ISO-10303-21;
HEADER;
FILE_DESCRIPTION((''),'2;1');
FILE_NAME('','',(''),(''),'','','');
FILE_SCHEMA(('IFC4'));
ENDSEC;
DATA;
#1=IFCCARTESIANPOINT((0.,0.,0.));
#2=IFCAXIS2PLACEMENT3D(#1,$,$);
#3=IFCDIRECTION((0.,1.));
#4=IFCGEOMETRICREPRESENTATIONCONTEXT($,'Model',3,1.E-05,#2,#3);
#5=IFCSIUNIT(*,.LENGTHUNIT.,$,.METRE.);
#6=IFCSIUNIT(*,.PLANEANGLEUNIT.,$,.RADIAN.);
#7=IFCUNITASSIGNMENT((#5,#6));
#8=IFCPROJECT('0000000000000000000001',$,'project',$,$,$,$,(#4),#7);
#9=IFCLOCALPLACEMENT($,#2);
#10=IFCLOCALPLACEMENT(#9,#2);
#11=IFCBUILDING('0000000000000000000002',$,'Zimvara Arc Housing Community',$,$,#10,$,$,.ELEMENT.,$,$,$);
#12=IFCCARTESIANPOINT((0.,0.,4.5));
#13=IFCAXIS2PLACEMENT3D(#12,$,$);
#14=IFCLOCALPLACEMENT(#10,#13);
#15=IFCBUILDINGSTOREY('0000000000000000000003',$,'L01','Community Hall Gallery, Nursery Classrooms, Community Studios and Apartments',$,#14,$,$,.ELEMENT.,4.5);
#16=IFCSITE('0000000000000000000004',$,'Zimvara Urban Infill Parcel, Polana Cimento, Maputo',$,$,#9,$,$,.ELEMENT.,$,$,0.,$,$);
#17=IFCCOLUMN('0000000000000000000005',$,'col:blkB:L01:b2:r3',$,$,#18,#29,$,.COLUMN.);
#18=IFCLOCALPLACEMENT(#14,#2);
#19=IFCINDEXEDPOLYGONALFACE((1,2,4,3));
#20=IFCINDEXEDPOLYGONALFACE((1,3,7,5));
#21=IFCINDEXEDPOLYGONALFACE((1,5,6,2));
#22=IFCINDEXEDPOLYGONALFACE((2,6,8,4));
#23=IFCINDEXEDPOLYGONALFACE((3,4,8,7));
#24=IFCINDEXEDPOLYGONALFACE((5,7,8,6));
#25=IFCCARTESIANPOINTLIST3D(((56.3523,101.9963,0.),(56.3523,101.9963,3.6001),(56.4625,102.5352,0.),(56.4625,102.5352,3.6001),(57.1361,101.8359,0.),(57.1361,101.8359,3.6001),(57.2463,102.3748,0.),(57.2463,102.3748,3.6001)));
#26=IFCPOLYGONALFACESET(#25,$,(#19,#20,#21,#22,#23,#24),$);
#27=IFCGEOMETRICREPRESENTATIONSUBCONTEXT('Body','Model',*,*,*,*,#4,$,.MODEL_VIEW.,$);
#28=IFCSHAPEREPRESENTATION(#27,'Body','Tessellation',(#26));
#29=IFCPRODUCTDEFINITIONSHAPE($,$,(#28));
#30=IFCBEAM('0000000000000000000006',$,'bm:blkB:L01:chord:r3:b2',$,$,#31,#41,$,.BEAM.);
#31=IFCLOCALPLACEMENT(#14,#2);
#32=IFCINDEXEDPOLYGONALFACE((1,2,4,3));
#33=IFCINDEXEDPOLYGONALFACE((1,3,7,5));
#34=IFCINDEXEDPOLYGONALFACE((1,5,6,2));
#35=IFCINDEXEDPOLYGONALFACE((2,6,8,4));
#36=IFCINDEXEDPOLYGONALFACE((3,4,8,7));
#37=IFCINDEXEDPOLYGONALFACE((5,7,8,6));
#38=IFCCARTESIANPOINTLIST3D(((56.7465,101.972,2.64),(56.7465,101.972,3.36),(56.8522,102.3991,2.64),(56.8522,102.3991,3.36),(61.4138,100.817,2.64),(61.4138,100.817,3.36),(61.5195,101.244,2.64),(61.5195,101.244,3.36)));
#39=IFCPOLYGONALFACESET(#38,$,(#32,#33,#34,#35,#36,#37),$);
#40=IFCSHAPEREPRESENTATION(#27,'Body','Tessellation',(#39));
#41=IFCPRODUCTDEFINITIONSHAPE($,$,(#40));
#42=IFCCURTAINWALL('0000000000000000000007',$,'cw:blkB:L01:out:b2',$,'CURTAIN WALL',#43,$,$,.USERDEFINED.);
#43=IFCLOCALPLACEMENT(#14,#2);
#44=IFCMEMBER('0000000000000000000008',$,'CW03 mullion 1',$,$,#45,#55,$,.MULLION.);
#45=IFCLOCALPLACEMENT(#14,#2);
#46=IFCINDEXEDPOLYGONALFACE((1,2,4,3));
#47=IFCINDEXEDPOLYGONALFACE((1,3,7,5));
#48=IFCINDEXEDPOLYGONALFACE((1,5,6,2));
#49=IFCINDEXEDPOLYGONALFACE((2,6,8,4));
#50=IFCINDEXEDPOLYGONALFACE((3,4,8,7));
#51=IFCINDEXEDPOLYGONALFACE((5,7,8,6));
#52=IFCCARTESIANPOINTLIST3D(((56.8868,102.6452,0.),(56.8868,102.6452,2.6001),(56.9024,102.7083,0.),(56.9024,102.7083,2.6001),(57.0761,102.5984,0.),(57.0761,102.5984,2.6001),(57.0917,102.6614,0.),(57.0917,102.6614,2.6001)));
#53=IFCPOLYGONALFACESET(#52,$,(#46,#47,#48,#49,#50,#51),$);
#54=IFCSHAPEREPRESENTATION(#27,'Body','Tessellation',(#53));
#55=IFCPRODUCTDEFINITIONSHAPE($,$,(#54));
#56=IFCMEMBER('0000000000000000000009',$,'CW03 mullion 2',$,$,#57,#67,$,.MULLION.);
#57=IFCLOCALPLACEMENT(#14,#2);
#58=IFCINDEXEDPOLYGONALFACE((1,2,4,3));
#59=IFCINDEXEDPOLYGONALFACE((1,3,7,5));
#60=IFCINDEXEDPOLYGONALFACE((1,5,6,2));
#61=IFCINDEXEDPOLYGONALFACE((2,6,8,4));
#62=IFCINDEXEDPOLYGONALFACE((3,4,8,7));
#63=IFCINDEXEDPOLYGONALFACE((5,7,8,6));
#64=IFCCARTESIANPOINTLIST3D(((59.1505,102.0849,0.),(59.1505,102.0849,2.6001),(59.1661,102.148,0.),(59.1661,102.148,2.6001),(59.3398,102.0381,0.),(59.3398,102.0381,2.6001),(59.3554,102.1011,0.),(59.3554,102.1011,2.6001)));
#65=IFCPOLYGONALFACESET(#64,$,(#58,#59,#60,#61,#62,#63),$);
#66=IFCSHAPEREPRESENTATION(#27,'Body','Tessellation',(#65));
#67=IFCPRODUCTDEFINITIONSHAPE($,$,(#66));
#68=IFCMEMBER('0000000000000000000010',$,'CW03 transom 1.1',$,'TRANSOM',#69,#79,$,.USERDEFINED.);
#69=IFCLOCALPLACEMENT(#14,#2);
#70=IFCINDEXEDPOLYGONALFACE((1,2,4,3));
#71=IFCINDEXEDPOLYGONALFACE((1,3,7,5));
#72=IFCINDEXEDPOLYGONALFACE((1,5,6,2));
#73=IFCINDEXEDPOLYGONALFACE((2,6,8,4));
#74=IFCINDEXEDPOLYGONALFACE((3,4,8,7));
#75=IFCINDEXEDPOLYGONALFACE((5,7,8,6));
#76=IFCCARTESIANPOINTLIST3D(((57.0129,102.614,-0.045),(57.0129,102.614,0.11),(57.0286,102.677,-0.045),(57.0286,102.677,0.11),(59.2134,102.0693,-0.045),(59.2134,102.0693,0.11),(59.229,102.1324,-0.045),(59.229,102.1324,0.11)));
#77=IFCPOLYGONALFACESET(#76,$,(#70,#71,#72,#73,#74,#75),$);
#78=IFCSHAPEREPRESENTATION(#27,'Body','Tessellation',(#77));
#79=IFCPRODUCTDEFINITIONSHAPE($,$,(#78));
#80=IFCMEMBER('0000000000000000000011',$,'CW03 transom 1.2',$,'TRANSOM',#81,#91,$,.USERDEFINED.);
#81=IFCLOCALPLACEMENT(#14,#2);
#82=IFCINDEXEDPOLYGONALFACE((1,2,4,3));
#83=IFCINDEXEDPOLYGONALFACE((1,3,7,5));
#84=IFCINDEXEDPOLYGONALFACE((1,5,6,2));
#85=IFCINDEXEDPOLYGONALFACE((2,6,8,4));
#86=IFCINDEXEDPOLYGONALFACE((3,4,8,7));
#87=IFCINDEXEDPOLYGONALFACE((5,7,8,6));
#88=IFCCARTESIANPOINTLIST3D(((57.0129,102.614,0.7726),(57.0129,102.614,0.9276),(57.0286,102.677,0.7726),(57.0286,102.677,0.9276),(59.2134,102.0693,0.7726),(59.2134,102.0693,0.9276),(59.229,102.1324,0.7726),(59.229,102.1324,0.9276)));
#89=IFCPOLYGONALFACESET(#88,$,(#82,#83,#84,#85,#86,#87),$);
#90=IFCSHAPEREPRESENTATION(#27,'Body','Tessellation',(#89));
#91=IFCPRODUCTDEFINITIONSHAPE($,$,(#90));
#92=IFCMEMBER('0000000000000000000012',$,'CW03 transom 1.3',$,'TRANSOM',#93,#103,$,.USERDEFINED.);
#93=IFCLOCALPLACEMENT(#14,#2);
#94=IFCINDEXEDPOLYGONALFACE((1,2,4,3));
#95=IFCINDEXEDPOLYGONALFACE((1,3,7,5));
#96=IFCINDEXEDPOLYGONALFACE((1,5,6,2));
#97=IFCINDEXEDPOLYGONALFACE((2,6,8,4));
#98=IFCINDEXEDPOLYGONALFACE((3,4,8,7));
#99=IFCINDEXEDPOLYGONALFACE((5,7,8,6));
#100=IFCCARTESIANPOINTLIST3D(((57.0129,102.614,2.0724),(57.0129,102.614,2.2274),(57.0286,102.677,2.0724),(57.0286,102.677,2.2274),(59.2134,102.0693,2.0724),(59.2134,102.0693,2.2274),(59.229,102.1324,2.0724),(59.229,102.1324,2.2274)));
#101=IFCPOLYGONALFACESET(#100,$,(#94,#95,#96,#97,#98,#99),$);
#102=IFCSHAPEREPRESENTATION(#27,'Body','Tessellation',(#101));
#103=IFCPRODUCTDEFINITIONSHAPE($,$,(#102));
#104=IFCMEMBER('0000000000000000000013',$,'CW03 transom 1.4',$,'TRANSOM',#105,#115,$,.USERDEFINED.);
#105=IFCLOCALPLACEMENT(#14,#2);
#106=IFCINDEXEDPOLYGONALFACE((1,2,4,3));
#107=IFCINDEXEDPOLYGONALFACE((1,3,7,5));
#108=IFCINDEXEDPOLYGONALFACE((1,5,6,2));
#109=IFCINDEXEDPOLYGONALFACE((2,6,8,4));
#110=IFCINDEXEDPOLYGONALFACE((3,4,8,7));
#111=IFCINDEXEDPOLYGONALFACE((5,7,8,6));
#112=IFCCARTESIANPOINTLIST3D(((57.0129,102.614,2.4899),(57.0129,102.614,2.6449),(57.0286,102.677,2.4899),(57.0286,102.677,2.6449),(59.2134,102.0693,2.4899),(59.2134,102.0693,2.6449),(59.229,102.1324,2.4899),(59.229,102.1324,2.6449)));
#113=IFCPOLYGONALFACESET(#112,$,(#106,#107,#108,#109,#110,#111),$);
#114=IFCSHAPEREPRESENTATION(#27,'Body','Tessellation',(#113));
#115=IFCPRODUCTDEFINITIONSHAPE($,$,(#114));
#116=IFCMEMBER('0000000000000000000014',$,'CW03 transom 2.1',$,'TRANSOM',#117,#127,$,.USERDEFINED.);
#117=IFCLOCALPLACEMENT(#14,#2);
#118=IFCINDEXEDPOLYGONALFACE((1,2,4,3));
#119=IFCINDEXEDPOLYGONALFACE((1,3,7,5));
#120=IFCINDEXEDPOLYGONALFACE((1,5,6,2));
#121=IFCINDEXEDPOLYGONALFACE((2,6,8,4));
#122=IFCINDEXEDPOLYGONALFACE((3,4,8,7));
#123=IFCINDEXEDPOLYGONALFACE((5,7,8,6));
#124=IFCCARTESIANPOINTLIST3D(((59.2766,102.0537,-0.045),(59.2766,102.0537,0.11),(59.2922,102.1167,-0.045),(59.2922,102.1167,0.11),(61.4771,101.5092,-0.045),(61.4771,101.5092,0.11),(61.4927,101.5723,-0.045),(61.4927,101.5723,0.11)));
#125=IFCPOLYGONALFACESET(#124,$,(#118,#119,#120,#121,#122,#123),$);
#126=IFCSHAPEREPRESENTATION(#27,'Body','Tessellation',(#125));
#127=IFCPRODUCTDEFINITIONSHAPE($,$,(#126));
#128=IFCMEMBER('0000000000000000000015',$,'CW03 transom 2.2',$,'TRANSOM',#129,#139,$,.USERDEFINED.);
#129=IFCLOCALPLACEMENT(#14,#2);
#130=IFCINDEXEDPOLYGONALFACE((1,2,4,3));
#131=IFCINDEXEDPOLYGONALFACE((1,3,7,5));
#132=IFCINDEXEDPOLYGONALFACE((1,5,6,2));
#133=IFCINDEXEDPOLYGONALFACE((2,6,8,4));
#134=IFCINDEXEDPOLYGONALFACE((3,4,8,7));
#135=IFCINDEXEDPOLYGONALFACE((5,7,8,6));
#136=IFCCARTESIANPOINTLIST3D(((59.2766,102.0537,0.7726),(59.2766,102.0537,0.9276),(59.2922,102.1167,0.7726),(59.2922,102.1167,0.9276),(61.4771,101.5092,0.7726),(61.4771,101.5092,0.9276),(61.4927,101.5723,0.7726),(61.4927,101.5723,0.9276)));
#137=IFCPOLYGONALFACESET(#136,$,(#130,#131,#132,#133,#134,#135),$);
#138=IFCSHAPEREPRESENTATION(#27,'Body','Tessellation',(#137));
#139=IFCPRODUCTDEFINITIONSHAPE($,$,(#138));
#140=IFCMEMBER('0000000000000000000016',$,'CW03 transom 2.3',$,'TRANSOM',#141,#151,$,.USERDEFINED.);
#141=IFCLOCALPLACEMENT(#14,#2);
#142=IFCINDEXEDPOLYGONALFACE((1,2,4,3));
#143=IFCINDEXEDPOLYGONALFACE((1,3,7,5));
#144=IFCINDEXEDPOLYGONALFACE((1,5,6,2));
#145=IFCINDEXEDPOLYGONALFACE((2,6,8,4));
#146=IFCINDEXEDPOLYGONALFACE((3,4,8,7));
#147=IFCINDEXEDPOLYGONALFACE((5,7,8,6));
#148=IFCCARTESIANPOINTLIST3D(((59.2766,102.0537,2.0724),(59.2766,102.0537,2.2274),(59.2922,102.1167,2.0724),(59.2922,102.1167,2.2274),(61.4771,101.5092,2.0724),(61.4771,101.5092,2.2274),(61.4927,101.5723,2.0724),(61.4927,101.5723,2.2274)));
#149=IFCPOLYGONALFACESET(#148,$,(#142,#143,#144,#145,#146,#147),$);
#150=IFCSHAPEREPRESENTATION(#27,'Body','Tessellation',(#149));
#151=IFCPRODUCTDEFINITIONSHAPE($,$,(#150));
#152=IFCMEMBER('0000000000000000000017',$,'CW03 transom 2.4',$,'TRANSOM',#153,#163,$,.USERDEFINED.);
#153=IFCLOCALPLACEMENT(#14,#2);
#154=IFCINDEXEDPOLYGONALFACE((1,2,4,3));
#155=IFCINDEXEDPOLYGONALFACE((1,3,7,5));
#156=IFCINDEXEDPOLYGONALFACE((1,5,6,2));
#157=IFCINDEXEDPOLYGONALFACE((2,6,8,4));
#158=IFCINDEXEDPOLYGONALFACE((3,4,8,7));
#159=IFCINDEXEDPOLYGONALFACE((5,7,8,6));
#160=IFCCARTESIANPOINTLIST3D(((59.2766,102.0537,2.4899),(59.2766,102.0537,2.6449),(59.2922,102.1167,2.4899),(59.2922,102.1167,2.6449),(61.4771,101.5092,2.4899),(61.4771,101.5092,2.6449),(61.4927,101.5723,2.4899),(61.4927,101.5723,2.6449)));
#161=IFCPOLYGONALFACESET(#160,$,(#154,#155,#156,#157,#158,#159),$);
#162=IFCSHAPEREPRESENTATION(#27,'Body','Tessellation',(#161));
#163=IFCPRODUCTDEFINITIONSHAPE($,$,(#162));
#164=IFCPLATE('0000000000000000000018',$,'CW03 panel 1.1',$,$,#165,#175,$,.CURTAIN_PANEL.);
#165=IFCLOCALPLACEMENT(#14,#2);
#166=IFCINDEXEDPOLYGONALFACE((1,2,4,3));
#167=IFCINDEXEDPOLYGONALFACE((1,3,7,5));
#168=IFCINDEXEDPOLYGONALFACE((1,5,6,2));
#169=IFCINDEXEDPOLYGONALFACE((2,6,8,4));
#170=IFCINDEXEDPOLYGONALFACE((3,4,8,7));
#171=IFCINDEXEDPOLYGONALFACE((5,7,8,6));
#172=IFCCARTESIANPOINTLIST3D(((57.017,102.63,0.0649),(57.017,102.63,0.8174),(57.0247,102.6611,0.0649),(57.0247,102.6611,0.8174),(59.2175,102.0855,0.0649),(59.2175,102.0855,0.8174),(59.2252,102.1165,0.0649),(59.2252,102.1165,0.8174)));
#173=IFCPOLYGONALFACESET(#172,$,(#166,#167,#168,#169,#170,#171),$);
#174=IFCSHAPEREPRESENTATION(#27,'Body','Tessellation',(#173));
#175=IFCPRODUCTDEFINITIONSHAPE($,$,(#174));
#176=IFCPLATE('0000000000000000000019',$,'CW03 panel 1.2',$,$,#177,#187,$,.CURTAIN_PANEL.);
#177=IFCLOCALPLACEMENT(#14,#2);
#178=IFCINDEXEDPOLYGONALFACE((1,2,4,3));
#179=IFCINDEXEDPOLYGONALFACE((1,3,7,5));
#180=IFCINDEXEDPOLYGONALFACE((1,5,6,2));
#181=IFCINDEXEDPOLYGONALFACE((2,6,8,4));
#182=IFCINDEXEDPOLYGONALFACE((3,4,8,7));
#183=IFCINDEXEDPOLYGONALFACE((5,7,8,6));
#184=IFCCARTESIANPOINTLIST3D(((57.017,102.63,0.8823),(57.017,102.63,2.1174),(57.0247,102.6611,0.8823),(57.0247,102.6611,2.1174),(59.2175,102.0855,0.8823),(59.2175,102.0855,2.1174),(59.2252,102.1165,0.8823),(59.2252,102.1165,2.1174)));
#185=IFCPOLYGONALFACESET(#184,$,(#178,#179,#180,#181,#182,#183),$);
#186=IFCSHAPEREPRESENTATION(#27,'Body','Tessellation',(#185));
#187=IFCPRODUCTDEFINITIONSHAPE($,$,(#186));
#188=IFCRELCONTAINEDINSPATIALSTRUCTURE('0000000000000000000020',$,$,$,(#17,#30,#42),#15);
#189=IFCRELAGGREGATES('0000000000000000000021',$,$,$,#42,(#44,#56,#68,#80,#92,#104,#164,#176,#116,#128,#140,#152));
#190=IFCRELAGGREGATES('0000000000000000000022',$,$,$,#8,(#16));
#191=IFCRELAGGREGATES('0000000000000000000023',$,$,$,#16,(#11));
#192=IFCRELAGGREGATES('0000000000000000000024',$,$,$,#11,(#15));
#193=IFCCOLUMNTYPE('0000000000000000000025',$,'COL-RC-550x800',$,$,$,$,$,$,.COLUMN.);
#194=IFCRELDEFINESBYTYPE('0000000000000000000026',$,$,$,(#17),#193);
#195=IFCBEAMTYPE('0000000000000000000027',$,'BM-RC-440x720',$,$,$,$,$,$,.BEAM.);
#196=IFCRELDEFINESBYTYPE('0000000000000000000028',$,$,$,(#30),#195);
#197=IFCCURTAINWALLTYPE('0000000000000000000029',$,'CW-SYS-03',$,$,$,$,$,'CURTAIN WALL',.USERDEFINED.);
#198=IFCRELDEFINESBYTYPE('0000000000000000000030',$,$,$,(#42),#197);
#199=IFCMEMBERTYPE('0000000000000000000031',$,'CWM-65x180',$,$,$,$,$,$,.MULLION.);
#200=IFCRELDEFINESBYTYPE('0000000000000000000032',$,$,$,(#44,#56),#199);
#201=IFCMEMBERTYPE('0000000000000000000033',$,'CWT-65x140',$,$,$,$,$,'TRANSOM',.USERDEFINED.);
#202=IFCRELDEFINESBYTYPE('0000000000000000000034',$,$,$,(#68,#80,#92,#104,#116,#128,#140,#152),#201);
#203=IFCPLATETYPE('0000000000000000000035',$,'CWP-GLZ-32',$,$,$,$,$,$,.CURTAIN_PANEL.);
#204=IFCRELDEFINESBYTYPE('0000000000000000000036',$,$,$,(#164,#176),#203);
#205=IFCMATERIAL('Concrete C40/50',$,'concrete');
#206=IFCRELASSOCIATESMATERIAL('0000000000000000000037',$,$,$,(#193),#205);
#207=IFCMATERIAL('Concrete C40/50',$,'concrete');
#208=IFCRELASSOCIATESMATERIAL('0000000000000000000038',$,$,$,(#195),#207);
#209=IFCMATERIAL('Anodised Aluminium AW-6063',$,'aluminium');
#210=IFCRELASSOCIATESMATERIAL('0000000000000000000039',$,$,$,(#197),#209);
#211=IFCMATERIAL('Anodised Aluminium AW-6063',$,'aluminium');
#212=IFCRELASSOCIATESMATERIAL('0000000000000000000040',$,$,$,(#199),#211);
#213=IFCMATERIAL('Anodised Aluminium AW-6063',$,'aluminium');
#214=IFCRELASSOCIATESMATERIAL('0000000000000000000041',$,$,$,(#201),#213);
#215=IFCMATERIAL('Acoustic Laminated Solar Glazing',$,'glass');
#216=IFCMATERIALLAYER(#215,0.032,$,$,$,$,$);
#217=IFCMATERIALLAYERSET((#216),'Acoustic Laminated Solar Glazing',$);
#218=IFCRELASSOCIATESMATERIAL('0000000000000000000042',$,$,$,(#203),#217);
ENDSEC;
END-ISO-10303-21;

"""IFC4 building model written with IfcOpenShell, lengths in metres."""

from ifc_helpers import new_model, si_unit, direction, frame, origin, origin_2d, place, context, subcontext, project, spatial, rectangle, extrude, material, layer, layer_set, material_profile, profile_set, type_object, element, aggregate, save


model = new_model("IFC4")

# Units and contexts
model_context = context("Model", 3, precision=1e-05, world=origin(), true_north=direction((0.0, 1.0)))
body_context = subcontext(model_context, "Body", "Model", "MODEL_VIEW")
ifc_project = project(units=[si_unit("LENGTHUNIT", "METRE"), si_unit("PLANEANGLEUNIT", "RADIAN")], contexts=[model_context])

# Site, building, storey
site_placement = place(None, origin())
site = spatial("IfcSite", under=ifc_project, at=site_placement, Name="Zimvara Urban Infill Parcel, Polana Cimento, Maputo", CompositionType="ELEMENT", RefElevation=0.0)
building_placement = place(site_placement, origin())
building = spatial("IfcBuilding", under=site, at=building_placement, Name="Zimvara Arc Housing Community", CompositionType="ELEMENT")
storey_placement = place(building_placement, frame((0.0, 0.0, 4.5)))
storey = spatial("IfcBuildingStorey", under=building, at=storey_placement, Name="L01", Description="Community Hall Gallery, Nursery Classrooms, Community Studios and Apartments", CompositionType="ELEMENT", Elevation=4.5)

# Column
ifc_material_1 = material(Name="Concrete C40/50", Category="concrete")
ifc_material_profile_1 = material_profile(ifc_material_1, rectangle(XDim=0.55, YDim=0.8, at=origin_2d()), Name="RC 550x800")
ifc_profile_set_1 = profile_set([ifc_material_profile_1], Name="Concrete C40/50")
column_type = type_object("IfcColumnType", Name="COL-RC-550x800", PredefinedType="COLUMN", material=ifc_profile_set_1)
column_placement = place(storey_placement, frame((56.7993, 102.1855, 0.0), z_axis=(0.0, 0.0, 1.0), x_axis=(0.200394, 0.979715, 0.0)))
element("IfcColumn", 1, at=column_placement, inside=storey, type_object=column_type, Name="col:blkB:L01:b2:r3", PredefinedType="COLUMN", context=body_context, shape_type="SweptSolid", body=[
    extrude(rectangle(XDim=0.55, YDim=0.8, at=origin_2d()), origin(), (0.0, 0.0, 1.0), 3.6001),
])

# Beam
ifc_material_2 = material(Name="Concrete C40/50", Category="concrete")
ifc_material_profile_2 = material_profile(ifc_material_2, rectangle(XDim=0.4399, YDim=0.72, at=origin_2d()), Name="RC 440x720")
ifc_profile_set_2 = profile_set([ifc_material_profile_2], Name="Concrete C40/50")
beam_type = type_object("IfcBeamType", Name="BM-RC-440x720", PredefinedType="BEAM", material=ifc_profile_set_2)
beam_placement = place(storey_placement, frame((56.7993, 102.1855, 3.0), z_axis=(0.970716, -0.240229, 0.0), x_axis=(0.240229, 0.970716, 0.0)))
element("IfcBeam", 2, at=beam_placement, inside=storey, type_object=beam_type, Name="bm:blkB:L01:chord:r3:b2", PredefinedType="BEAM", context=body_context, shape_type="SweptSolid", body=[
    extrude(rectangle(XDim=0.4399, YDim=0.72, at=origin_2d()), origin(), (0.0, 0.0, 1.0), 4.8081),
])

# Curtain wall, members, plates
ifc_material_3 = material(Name="Anodised Aluminium AW-6063", Category="aluminium")
curtain_wall_type = type_object("IfcCurtainWallType", Name="CW-SYS-03", ElementType="CURTAIN WALL", PredefinedType="USERDEFINED", material=ifc_material_3)
curtain_wall_placement = place(storey_placement, origin())
curtain_wall = element("IfcCurtainWall", 3, at=curtain_wall_placement, inside=storey, type_object=curtain_wall_type, Name="cw:blkB:L01:out:b2", ObjectType="CURTAIN WALL", PredefinedType="USERDEFINED")
ifc_material_4 = material(Name="Anodised Aluminium AW-6063", Category="aluminium")
ifc_material_profile_3 = material_profile(ifc_material_4, rectangle(XDim=0.0649, YDim=0.1951, at=origin_2d()), Name="ALU 65x195")
ifc_profile_set_3 = profile_set([ifc_material_profile_3], Name="Anodised Aluminium AW-6063")
member_type_1 = type_object("IfcMemberType", Name="CWM-65x180", PredefinedType="MULLION", material=ifc_profile_set_3)
member_1_placement = place(storey_placement, frame((56.9893, 102.6533, 0.0), z_axis=(0.0, 0.0, 1.0), x_axis=(0.24023, 0.970716, 0.0)))
member_1 = element("IfcMember", 4, at=member_1_placement, type_object=member_type_1, Name="CW03 mullion 1", PredefinedType="MULLION", context=body_context, shape_type="SweptSolid", body=[
    extrude(rectangle(XDim=0.0649, YDim=0.1951, at=origin_2d()), origin(), (0.0, 0.0, 1.0), 2.6001),
])
member_2_placement = place(storey_placement, frame((59.2529, 102.093, 0.0), z_axis=(0.0, 0.0, 1.0), x_axis=(0.24023, 0.970716, 0.0)))
member_2 = element("IfcMember", 5, at=member_2_placement, type_object=member_type_1, Name="CW03 mullion 2", PredefinedType="MULLION", context=body_context, shape_type="SweptSolid", body=[
    extrude(rectangle(XDim=0.0649, YDim=0.1951, at=origin_2d()), origin(), (0.0, 0.0, 1.0), 2.6001),
])
ifc_material_5 = material(Name="Anodised Aluminium AW-6063", Category="aluminium")
ifc_material_profile_4 = material_profile(ifc_material_5, rectangle(XDim=0.0649, YDim=0.155, at=origin_2d()), Name="ALU 65x155")
ifc_profile_set_4 = profile_set([ifc_material_profile_4], Name="Anodised Aluminium AW-6063")
member_type_2 = type_object("IfcMemberType", Name="CWT-65x140", ElementType="TRANSOM", PredefinedType="USERDEFINED", material=ifc_profile_set_4)
member_3_placement = place(storey_placement, frame((57.0208, 102.6455, 0.0325), z_axis=(0.970704, -0.24028, 0.0), x_axis=(0.24028, 0.970704, 0.0)))
member_3 = element("IfcMember", 6, at=member_3_placement, type_object=member_type_2, Name="CW03 transom 1.1", ObjectType="TRANSOM", PredefinedType="USERDEFINED", context=body_context, shape_type="SweptSolid", body=[
    extrude(rectangle(XDim=0.0649, YDim=0.155, at=origin_2d()), origin(), (0.0, 0.0, 1.0), 2.2668),
])
member_4_placement = place(storey_placement, frame((57.0208, 102.6455, 0.8501), z_axis=(0.970704, -0.24028, 0.0), x_axis=(0.24028, 0.970704, 0.0)))
member_4 = element("IfcMember", 7, at=member_4_placement, type_object=member_type_2, Name="CW03 transom 1.2", ObjectType="TRANSOM", PredefinedType="USERDEFINED", context=body_context, shape_type="SweptSolid", body=[
    extrude(rectangle(XDim=0.0649, YDim=0.155, at=origin_2d()), origin(), (0.0, 0.0, 1.0), 2.2668),
])
member_5_placement = place(storey_placement, frame((57.0208, 102.6455, 2.1499), z_axis=(0.970704, -0.24028, 0.0), x_axis=(0.24028, 0.970704, 0.0)))
member_5 = element("IfcMember", 8, at=member_5_placement, type_object=member_type_2, Name="CW03 transom 1.3", ObjectType="TRANSOM", PredefinedType="USERDEFINED", context=body_context, shape_type="SweptSolid", body=[
    extrude(rectangle(XDim=0.0649, YDim=0.155, at=origin_2d()), origin(), (0.0, 0.0, 1.0), 2.2668),
])
member_6_placement = place(storey_placement, frame((57.0208, 102.6455, 2.5674), z_axis=(0.970704, -0.24028, 0.0), x_axis=(0.24028, 0.970704, 0.0)))
member_6 = element("IfcMember", 9, at=member_6_placement, type_object=member_type_2, Name="CW03 transom 1.4", ObjectType="TRANSOM", PredefinedType="USERDEFINED", context=body_context, shape_type="SweptSolid", body=[
    extrude(rectangle(XDim=0.0649, YDim=0.155, at=origin_2d()), origin(), (0.0, 0.0, 1.0), 2.2668),
])
member_7_placement = place(storey_placement, frame((59.2844, 102.0852, 0.0325), z_axis=(0.970729, -0.240178, 0.0), x_axis=(0.240178, 0.970729, 0.0)))
member_7 = element("IfcMember", 10, at=member_7_placement, type_object=member_type_2, Name="CW03 transom 2.1", ObjectType="TRANSOM", PredefinedType="USERDEFINED", context=body_context, shape_type="SweptSolid", body=[
    extrude(rectangle(XDim=0.0649, YDim=0.155, at=origin_2d()), origin(), (0.0, 0.0, 1.0), 2.2668),
])
member_8_placement = place(storey_placement, frame((59.2844, 102.0852, 0.8501), z_axis=(0.970729, -0.240178, 0.0), x_axis=(0.240178, 0.970729, 0.0)))
member_8 = element("IfcMember", 11, at=member_8_placement, type_object=member_type_2, Name="CW03 transom 2.2", ObjectType="TRANSOM", PredefinedType="USERDEFINED", context=body_context, shape_type="SweptSolid", body=[
    extrude(rectangle(XDim=0.0649, YDim=0.155, at=origin_2d()), origin(), (0.0, 0.0, 1.0), 2.2668),
])
member_9_placement = place(storey_placement, frame((59.2844, 102.0852, 2.1499), z_axis=(0.970729, -0.240178, 0.0), x_axis=(0.240178, 0.970729, 0.0)))
member_9 = element("IfcMember", 12, at=member_9_placement, type_object=member_type_2, Name="CW03 transom 2.3", ObjectType="TRANSOM", PredefinedType="USERDEFINED", context=body_context, shape_type="SweptSolid", body=[
    extrude(rectangle(XDim=0.0649, YDim=0.155, at=origin_2d()), origin(), (0.0, 0.0, 1.0), 2.2668),
])
member_10_placement = place(storey_placement, frame((59.2844, 102.0852, 2.5674), z_axis=(0.970729, -0.240178, 0.0), x_axis=(0.240178, 0.970729, 0.0)))
member_10 = element("IfcMember", 13, at=member_10_placement, type_object=member_type_2, Name="CW03 transom 2.4", ObjectType="TRANSOM", PredefinedType="USERDEFINED", context=body_context, shape_type="SweptSolid", body=[
    extrude(rectangle(XDim=0.0649, YDim=0.155, at=origin_2d()), origin(), (0.0, 0.0, 1.0), 2.2668),
])
ifc_material_6 = material(Name="Acoustic Laminated Solar Glazing", Category="glass")
ifc_layer_1 = layer(ifc_material_6, 0.032)
ifc_layer_set_1 = layer_set([ifc_layer_1], Name="Acoustic Laminated Solar Glazing")
plate_type = type_object("IfcPlateType", Name="CWP-GLZ-32", PredefinedType="CURTAIN_PANEL", material=ifc_layer_set_1)
plate_1_placement = place(storey_placement, frame((58.1211, 102.3733, 0.0649), z_axis=(0.0, 0.0, 1.0), x_axis=(0.970716, -0.24023, 0.0)))
plate_1 = element("IfcPlate", 14, at=plate_1_placement, type_object=plate_type, Name="CW03 panel 1.1", PredefinedType="CURTAIN_PANEL", context=body_context, shape_type="SweptSolid", body=[
    extrude(rectangle(XDim=2.2668, YDim=0.032, at=origin_2d()), origin(), (0.0, 0.0, 1.0), 0.7524),
])
plate_2_placement = place(storey_placement, frame((58.1211, 102.3733, 0.8823), z_axis=(0.0, 0.0, 1.0), x_axis=(0.970716, -0.24023, 0.0)))
plate_2 = element("IfcPlate", 15, at=plate_2_placement, type_object=plate_type, Name="CW03 panel 1.2", PredefinedType="CURTAIN_PANEL", context=body_context, shape_type="SweptSolid", body=[
    extrude(rectangle(XDim=2.2668, YDim=0.032, at=origin_2d()), origin(), (0.0, 0.0, 1.0), 1.2351),
])
aggregate(curtain_wall, [member_1, member_2, member_3, member_4, member_5, member_6, plate_1, plate_2, member_7, member_8, member_9, member_10])

save(model, "model.ifc")
